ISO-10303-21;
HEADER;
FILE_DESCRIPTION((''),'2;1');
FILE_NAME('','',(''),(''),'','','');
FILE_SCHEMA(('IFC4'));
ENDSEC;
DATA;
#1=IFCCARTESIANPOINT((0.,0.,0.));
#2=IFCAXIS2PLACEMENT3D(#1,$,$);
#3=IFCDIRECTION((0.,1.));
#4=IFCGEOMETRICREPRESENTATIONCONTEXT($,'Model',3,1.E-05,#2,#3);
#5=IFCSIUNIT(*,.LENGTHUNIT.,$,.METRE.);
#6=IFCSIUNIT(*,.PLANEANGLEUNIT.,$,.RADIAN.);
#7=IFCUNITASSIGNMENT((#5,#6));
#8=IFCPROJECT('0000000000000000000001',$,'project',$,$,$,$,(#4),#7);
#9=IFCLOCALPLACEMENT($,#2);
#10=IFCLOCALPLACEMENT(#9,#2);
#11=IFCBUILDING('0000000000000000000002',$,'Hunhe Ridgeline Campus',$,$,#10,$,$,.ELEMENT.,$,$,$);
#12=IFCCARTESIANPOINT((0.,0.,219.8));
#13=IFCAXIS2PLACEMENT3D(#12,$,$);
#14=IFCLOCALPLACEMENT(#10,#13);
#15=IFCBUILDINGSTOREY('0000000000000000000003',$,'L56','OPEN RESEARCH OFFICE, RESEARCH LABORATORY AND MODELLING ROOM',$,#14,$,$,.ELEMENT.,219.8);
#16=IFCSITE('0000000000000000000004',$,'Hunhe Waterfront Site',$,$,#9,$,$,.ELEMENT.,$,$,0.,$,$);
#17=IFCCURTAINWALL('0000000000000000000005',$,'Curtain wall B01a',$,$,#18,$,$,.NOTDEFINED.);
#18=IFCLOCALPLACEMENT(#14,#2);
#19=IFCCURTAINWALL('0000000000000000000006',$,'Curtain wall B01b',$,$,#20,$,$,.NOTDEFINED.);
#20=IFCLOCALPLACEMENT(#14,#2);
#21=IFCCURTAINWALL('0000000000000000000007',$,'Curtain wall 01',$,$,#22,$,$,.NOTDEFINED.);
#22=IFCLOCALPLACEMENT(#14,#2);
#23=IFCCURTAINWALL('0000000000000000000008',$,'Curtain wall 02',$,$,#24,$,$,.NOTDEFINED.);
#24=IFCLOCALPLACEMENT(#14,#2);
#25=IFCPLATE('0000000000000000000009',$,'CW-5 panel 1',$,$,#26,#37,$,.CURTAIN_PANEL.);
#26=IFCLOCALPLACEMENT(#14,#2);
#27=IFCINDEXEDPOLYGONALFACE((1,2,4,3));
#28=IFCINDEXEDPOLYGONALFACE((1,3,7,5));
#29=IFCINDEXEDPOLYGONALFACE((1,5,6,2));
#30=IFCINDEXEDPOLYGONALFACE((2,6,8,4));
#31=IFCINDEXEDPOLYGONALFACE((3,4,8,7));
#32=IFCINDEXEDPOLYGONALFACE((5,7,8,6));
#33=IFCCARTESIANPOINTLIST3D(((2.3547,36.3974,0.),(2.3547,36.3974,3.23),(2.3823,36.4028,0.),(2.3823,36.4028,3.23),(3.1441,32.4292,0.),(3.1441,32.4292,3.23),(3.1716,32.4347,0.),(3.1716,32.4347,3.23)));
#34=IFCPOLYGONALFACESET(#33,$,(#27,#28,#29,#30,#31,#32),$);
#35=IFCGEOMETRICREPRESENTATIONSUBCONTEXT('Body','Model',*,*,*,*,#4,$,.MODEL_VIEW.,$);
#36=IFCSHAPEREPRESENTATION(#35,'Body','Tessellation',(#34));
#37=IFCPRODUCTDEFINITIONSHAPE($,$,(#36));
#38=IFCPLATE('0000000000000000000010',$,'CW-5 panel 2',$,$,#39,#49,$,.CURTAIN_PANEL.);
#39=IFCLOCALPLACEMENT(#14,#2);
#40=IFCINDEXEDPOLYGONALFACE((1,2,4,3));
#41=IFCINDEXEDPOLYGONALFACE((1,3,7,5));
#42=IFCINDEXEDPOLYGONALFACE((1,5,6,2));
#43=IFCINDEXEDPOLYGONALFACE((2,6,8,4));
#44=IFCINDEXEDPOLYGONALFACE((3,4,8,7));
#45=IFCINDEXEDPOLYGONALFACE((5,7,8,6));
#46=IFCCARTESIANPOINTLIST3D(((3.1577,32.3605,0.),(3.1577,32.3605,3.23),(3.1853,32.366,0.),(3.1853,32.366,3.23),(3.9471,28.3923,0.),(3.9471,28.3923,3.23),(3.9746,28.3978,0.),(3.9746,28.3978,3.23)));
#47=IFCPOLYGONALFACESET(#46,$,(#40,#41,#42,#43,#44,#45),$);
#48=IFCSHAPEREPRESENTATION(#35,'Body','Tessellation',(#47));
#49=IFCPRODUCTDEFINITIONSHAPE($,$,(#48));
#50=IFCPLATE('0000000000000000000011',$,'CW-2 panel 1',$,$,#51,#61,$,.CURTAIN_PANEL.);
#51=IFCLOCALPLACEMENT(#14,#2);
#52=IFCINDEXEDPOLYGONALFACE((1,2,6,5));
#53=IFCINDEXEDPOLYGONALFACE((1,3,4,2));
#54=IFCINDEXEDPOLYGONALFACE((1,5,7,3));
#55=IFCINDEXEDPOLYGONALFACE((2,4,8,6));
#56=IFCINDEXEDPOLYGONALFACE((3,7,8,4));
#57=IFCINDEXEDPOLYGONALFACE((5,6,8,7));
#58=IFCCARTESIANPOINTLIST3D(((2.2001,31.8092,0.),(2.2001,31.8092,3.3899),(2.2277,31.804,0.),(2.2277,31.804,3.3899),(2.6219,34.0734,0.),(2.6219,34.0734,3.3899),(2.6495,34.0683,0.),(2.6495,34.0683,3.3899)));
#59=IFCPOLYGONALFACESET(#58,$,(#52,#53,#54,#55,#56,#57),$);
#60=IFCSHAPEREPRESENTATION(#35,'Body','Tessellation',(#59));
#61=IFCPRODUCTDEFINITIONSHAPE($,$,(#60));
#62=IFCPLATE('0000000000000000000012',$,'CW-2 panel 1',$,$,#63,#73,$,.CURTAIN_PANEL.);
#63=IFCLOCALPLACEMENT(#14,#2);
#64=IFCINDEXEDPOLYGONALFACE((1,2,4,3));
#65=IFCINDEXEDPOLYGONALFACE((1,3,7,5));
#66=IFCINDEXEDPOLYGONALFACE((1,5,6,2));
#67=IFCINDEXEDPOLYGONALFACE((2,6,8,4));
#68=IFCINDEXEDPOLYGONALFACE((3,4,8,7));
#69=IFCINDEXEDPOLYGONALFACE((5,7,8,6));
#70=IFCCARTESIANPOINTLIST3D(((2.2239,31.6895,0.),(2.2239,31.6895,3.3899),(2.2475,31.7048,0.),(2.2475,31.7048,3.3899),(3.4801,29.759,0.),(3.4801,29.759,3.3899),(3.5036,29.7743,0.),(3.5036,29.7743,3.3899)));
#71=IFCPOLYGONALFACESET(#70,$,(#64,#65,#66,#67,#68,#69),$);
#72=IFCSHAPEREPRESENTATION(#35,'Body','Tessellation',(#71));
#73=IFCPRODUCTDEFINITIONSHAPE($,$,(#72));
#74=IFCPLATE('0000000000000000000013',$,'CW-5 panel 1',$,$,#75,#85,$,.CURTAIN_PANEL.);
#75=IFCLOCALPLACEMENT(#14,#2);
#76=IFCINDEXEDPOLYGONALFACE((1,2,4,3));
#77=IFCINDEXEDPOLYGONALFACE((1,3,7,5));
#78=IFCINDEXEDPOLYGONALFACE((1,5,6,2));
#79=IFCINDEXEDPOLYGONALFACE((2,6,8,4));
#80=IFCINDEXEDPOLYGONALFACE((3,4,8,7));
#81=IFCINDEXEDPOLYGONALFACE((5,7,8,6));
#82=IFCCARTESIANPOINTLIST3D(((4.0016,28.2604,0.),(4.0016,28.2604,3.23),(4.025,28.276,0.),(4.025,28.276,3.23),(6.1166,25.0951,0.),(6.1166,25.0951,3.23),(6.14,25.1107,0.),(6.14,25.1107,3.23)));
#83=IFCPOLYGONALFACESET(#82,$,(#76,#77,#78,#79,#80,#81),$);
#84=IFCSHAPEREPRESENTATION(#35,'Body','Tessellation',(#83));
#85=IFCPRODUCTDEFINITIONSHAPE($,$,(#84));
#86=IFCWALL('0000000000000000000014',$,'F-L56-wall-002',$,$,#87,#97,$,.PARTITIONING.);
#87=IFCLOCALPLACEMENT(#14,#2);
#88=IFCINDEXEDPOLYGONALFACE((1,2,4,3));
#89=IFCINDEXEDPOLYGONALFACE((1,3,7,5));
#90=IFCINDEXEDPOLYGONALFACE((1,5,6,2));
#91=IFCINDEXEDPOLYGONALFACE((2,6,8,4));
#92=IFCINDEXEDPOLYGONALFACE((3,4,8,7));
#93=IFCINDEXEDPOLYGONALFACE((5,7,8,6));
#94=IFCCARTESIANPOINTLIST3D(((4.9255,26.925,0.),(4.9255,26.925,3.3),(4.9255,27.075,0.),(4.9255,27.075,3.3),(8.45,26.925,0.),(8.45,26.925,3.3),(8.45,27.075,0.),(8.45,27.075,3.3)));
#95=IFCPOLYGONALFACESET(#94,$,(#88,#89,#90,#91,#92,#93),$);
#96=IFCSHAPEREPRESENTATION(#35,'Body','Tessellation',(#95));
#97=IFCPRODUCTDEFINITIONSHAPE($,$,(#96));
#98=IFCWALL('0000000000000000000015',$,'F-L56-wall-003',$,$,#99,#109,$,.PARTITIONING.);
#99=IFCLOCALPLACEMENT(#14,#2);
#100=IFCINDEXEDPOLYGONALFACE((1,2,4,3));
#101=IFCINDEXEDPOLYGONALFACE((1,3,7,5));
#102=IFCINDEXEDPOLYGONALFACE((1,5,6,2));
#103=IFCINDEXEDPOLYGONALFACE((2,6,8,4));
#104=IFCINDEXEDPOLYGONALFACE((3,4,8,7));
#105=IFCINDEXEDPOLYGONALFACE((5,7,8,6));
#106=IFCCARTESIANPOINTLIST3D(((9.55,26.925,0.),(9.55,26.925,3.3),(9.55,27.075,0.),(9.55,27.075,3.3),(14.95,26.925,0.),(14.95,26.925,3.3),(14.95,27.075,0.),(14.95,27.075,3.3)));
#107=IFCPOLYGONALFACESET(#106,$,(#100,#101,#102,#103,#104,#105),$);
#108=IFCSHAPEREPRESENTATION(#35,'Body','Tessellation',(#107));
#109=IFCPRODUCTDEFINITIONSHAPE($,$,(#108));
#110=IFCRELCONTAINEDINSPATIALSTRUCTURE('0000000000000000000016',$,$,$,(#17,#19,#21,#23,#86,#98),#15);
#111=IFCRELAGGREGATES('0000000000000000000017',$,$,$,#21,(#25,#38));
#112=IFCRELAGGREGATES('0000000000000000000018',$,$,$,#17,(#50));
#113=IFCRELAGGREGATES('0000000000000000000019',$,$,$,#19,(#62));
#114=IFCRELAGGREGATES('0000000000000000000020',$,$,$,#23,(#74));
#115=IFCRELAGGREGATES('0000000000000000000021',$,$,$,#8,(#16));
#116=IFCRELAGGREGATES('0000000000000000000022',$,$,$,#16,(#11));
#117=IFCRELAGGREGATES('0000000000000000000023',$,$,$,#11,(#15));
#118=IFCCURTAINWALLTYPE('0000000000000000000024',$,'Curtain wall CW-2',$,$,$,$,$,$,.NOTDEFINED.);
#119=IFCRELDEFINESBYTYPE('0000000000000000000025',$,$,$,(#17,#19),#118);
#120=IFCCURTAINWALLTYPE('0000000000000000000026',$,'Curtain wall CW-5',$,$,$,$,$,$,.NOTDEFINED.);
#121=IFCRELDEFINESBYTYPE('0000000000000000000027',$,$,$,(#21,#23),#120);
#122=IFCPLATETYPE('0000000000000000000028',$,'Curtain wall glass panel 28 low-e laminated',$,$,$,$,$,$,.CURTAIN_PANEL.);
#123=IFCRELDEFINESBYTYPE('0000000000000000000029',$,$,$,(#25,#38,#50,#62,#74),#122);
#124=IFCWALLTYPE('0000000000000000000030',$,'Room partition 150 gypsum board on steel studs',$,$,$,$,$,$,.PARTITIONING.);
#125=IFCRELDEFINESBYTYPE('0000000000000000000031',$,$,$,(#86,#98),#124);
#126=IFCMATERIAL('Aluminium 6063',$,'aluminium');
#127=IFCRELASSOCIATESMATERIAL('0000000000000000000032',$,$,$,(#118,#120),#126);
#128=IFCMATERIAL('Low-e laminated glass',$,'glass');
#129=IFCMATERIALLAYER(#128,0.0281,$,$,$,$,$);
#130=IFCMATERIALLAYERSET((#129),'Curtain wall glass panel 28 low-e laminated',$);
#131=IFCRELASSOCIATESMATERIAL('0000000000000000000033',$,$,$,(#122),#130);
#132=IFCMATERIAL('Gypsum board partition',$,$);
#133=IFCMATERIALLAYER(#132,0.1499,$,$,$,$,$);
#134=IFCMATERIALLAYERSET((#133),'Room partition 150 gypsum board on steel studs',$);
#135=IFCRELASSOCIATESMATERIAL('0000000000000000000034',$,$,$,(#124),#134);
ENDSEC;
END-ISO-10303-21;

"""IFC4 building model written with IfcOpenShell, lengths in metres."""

from ifc_helpers import new_model, si_unit, direction, frame, frame_2d, origin, origin_2d, place, context, subcontext, project, spatial, rectangle, extrude, material, layer, layer_set, type_object, element, aggregate, save


model = new_model("IFC4")

# Units and contexts
model_context = context("Model", 3, precision=1e-05, world=origin(), true_north=direction((0.0, 1.0)))
body_context = subcontext(model_context, "Body", "Model", "MODEL_VIEW")
ifc_project = project(units=[si_unit("LENGTHUNIT", "METRE"), si_unit("PLANEANGLEUNIT", "RADIAN")], contexts=[model_context])

# Site, building, storey
site_placement = place(None, origin())
site = spatial("IfcSite", under=ifc_project, at=site_placement, Name="Hunhe Waterfront Site", CompositionType="ELEMENT", RefElevation=0.0)
building_placement = place(site_placement, origin())
building = spatial("IfcBuilding", under=site, at=building_placement, Name="Hunhe Ridgeline Campus", CompositionType="ELEMENT")
storey_placement = place(building_placement, frame((0.0, 0.0, 219.8)))
storey = spatial("IfcBuildingStorey", under=building, at=storey_placement, Name="L56", Description="OPEN RESEARCH OFFICE, RESEARCH LABORATORY AND MODELLING ROOM", CompositionType="ELEMENT", Elevation=219.8)

# Curtain walls
ifc_material_1 = material(Name="Aluminium 6063", Category="aluminium")
curtain_wall_type_1 = type_object("IfcCurtainWallType", Name="Curtain wall CW-2", PredefinedType="NOTDEFINED", material=ifc_material_1)
curtain_wall_1_placement = place(storey_placement, origin())
curtain_wall_1 = element("IfcCurtainWall", 1, at=curtain_wall_1_placement, inside=storey, type_object=curtain_wall_type_1, Name="Curtain wall B01a", PredefinedType="NOTDEFINED")
curtain_wall_2_placement = place(storey_placement, origin())
curtain_wall_2 = element("IfcCurtainWall", 2, at=curtain_wall_2_placement, inside=storey, type_object=curtain_wall_type_1, Name="Curtain wall B01b", PredefinedType="NOTDEFINED")

# Curtain walls
curtain_wall_type_2 = type_object("IfcCurtainWallType", Name="Curtain wall CW-5", PredefinedType="NOTDEFINED", material=ifc_material_1)
curtain_wall_3_placement = place(storey_placement, origin())
curtain_wall_3 = element("IfcCurtainWall", 3, at=curtain_wall_3_placement, inside=storey, type_object=curtain_wall_type_2, Name="Curtain wall 01", PredefinedType="NOTDEFINED")
curtain_wall_4_placement = place(storey_placement, origin())
curtain_wall_4 = element("IfcCurtainWall", 4, at=curtain_wall_4_placement, inside=storey, type_object=curtain_wall_type_2, Name="Curtain wall 02", PredefinedType="NOTDEFINED")

# Plates
ifc_material_2 = material(Name="Low-e laminated glass", Category="glass")
ifc_layer_1 = layer(ifc_material_2, 0.0281)
ifc_layer_set_1 = layer_set([ifc_layer_1], Name="Curtain wall glass panel 28 low-e laminated")
plate_type = type_object("IfcPlateType", Name="Curtain wall glass panel 28 low-e laminated", PredefinedType="CURTAIN_PANEL", material=ifc_layer_set_1)
plate_1_placement = place(storey_placement, frame((2.7632, 34.416, 0.0), z_axis=(0.0, 0.0, 1.0), x_axis=(0.195095, -0.980784, 0.0)))
plate_1 = element("IfcPlate", 5, at=plate_1_placement, type_object=plate_type, Name="CW-5 panel 1", PredefinedType="CURTAIN_PANEL", context=body_context, shape_type="SweptSolid", body=[
    extrude(rectangle(XDim=4.0459, YDim=0.0281, at=origin_2d()), origin(), (0.0, 0.0, 1.0), 3.23),
])
plate_2_placement = place(storey_placement, frame((3.5662, 30.3792, 0.0), z_axis=(0.0, 0.0, 1.0), x_axis=(0.195095, -0.980784, 0.0)))
plate_2 = element("IfcPlate", 6, at=plate_2_placement, type_object=plate_type, Name="CW-5 panel 2", PredefinedType="CURTAIN_PANEL", context=body_context, shape_type="SweptSolid", body=[
    extrude(rectangle(XDim=4.0459, YDim=0.0281, at=origin_2d()), origin(), (0.0, 0.0, 1.0), 3.23),
])
aggregate(curtain_wall_3, [plate_1, plate_2])
plate_3_placement = place(storey_placement, frame((2.4248, 32.9387, 0.0), z_axis=(0.0, 0.0, 1.0), x_axis=(-0.183113, -0.983092, 0.0)))
plate_3 = element("IfcPlate", 7, at=plate_3_placement, type_object=plate_type, Name="CW-2 panel 1", PredefinedType="CURTAIN_PANEL", context=body_context, shape_type="SweptSolid", body=[
    extrude(rectangle(XDim=2.3032, YDim=0.0281, at=origin_2d()), origin(), (0.0, 0.0, 1.0), 3.3899),
])
aggregate(curtain_wall_1, [plate_3])
plate_4_placement = place(storey_placement, frame((2.8638, 30.7319, 0.0), z_axis=(0.0, 0.0, 1.0), x_axis=(0.545395, -0.838179, 0.0)))
plate_4 = element("IfcPlate", 8, at=plate_4_placement, type_object=plate_type, Name="CW-2 panel 1", PredefinedType="CURTAIN_PANEL", context=body_context, shape_type="SweptSolid", body=[
    extrude(rectangle(XDim=2.3032, YDim=0.0281, at=origin_2d()), origin(), (0.0, 0.0, 1.0), 3.3899),
])
aggregate(curtain_wall_2, [plate_4])
plate_5_placement = place(storey_placement, frame((5.0708, 26.6855, 0.0), z_axis=(0.0, 0.0, 1.0), x_axis=(0.55557, -0.83147, 0.0)))
plate_5 = element("IfcPlate", 9, at=plate_5_placement, type_object=plate_type, Name="CW-5 panel 1", PredefinedType="CURTAIN_PANEL", context=body_context, shape_type="SweptSolid", body=[
    extrude(rectangle(XDim=3.8069, YDim=0.0281, at=origin_2d()), origin(), (0.0, 0.0, 1.0), 3.23),
])
aggregate(curtain_wall_4, [plate_5])

# Walls
ifc_material_3 = material(Name="Gypsum board partition")
ifc_layer_2 = layer(ifc_material_3, 0.1499)
ifc_layer_set_2 = layer_set([ifc_layer_2], Name="Room partition 150 gypsum board on steel studs")
wall_type = type_object("IfcWallType", Name="Room partition 150 gypsum board on steel studs", PredefinedType="PARTITIONING", material=ifc_layer_set_2)
wall_1_placement = place(storey_placement, frame((4.9255, 27.0, 0.0), z_axis=(0.0, 0.0, 1.0), x_axis=(1.0, 0.0, 0.0)))
element("IfcWall", 10, at=wall_1_placement, inside=storey, type_object=wall_type, Name="F-L56-wall-002", PredefinedType="PARTITIONING", context=body_context, shape_type="SweptSolid", body=[
    extrude(rectangle(XDim=3.5244, YDim=0.1499, at=frame_2d((1.7622, 0.0))), origin(), (0.0, 0.0, 1.0), 3.3),
])
wall_2_placement = place(storey_placement, frame((9.55, 27.0, 0.0), z_axis=(0.0, 0.0, 1.0), x_axis=(1.0, 0.0, 0.0)))
element("IfcWall", 11, at=wall_2_placement, inside=storey, type_object=wall_type, Name="F-L56-wall-003", PredefinedType="PARTITIONING", context=body_context, shape_type="SweptSolid", body=[
    extrude(rectangle(XDim=5.3999, YDim=0.1499, at=frame_2d((2.7, 0.0))), origin(), (0.0, 0.0, 1.0), 3.3),
])

save(model, "model.ifc")
